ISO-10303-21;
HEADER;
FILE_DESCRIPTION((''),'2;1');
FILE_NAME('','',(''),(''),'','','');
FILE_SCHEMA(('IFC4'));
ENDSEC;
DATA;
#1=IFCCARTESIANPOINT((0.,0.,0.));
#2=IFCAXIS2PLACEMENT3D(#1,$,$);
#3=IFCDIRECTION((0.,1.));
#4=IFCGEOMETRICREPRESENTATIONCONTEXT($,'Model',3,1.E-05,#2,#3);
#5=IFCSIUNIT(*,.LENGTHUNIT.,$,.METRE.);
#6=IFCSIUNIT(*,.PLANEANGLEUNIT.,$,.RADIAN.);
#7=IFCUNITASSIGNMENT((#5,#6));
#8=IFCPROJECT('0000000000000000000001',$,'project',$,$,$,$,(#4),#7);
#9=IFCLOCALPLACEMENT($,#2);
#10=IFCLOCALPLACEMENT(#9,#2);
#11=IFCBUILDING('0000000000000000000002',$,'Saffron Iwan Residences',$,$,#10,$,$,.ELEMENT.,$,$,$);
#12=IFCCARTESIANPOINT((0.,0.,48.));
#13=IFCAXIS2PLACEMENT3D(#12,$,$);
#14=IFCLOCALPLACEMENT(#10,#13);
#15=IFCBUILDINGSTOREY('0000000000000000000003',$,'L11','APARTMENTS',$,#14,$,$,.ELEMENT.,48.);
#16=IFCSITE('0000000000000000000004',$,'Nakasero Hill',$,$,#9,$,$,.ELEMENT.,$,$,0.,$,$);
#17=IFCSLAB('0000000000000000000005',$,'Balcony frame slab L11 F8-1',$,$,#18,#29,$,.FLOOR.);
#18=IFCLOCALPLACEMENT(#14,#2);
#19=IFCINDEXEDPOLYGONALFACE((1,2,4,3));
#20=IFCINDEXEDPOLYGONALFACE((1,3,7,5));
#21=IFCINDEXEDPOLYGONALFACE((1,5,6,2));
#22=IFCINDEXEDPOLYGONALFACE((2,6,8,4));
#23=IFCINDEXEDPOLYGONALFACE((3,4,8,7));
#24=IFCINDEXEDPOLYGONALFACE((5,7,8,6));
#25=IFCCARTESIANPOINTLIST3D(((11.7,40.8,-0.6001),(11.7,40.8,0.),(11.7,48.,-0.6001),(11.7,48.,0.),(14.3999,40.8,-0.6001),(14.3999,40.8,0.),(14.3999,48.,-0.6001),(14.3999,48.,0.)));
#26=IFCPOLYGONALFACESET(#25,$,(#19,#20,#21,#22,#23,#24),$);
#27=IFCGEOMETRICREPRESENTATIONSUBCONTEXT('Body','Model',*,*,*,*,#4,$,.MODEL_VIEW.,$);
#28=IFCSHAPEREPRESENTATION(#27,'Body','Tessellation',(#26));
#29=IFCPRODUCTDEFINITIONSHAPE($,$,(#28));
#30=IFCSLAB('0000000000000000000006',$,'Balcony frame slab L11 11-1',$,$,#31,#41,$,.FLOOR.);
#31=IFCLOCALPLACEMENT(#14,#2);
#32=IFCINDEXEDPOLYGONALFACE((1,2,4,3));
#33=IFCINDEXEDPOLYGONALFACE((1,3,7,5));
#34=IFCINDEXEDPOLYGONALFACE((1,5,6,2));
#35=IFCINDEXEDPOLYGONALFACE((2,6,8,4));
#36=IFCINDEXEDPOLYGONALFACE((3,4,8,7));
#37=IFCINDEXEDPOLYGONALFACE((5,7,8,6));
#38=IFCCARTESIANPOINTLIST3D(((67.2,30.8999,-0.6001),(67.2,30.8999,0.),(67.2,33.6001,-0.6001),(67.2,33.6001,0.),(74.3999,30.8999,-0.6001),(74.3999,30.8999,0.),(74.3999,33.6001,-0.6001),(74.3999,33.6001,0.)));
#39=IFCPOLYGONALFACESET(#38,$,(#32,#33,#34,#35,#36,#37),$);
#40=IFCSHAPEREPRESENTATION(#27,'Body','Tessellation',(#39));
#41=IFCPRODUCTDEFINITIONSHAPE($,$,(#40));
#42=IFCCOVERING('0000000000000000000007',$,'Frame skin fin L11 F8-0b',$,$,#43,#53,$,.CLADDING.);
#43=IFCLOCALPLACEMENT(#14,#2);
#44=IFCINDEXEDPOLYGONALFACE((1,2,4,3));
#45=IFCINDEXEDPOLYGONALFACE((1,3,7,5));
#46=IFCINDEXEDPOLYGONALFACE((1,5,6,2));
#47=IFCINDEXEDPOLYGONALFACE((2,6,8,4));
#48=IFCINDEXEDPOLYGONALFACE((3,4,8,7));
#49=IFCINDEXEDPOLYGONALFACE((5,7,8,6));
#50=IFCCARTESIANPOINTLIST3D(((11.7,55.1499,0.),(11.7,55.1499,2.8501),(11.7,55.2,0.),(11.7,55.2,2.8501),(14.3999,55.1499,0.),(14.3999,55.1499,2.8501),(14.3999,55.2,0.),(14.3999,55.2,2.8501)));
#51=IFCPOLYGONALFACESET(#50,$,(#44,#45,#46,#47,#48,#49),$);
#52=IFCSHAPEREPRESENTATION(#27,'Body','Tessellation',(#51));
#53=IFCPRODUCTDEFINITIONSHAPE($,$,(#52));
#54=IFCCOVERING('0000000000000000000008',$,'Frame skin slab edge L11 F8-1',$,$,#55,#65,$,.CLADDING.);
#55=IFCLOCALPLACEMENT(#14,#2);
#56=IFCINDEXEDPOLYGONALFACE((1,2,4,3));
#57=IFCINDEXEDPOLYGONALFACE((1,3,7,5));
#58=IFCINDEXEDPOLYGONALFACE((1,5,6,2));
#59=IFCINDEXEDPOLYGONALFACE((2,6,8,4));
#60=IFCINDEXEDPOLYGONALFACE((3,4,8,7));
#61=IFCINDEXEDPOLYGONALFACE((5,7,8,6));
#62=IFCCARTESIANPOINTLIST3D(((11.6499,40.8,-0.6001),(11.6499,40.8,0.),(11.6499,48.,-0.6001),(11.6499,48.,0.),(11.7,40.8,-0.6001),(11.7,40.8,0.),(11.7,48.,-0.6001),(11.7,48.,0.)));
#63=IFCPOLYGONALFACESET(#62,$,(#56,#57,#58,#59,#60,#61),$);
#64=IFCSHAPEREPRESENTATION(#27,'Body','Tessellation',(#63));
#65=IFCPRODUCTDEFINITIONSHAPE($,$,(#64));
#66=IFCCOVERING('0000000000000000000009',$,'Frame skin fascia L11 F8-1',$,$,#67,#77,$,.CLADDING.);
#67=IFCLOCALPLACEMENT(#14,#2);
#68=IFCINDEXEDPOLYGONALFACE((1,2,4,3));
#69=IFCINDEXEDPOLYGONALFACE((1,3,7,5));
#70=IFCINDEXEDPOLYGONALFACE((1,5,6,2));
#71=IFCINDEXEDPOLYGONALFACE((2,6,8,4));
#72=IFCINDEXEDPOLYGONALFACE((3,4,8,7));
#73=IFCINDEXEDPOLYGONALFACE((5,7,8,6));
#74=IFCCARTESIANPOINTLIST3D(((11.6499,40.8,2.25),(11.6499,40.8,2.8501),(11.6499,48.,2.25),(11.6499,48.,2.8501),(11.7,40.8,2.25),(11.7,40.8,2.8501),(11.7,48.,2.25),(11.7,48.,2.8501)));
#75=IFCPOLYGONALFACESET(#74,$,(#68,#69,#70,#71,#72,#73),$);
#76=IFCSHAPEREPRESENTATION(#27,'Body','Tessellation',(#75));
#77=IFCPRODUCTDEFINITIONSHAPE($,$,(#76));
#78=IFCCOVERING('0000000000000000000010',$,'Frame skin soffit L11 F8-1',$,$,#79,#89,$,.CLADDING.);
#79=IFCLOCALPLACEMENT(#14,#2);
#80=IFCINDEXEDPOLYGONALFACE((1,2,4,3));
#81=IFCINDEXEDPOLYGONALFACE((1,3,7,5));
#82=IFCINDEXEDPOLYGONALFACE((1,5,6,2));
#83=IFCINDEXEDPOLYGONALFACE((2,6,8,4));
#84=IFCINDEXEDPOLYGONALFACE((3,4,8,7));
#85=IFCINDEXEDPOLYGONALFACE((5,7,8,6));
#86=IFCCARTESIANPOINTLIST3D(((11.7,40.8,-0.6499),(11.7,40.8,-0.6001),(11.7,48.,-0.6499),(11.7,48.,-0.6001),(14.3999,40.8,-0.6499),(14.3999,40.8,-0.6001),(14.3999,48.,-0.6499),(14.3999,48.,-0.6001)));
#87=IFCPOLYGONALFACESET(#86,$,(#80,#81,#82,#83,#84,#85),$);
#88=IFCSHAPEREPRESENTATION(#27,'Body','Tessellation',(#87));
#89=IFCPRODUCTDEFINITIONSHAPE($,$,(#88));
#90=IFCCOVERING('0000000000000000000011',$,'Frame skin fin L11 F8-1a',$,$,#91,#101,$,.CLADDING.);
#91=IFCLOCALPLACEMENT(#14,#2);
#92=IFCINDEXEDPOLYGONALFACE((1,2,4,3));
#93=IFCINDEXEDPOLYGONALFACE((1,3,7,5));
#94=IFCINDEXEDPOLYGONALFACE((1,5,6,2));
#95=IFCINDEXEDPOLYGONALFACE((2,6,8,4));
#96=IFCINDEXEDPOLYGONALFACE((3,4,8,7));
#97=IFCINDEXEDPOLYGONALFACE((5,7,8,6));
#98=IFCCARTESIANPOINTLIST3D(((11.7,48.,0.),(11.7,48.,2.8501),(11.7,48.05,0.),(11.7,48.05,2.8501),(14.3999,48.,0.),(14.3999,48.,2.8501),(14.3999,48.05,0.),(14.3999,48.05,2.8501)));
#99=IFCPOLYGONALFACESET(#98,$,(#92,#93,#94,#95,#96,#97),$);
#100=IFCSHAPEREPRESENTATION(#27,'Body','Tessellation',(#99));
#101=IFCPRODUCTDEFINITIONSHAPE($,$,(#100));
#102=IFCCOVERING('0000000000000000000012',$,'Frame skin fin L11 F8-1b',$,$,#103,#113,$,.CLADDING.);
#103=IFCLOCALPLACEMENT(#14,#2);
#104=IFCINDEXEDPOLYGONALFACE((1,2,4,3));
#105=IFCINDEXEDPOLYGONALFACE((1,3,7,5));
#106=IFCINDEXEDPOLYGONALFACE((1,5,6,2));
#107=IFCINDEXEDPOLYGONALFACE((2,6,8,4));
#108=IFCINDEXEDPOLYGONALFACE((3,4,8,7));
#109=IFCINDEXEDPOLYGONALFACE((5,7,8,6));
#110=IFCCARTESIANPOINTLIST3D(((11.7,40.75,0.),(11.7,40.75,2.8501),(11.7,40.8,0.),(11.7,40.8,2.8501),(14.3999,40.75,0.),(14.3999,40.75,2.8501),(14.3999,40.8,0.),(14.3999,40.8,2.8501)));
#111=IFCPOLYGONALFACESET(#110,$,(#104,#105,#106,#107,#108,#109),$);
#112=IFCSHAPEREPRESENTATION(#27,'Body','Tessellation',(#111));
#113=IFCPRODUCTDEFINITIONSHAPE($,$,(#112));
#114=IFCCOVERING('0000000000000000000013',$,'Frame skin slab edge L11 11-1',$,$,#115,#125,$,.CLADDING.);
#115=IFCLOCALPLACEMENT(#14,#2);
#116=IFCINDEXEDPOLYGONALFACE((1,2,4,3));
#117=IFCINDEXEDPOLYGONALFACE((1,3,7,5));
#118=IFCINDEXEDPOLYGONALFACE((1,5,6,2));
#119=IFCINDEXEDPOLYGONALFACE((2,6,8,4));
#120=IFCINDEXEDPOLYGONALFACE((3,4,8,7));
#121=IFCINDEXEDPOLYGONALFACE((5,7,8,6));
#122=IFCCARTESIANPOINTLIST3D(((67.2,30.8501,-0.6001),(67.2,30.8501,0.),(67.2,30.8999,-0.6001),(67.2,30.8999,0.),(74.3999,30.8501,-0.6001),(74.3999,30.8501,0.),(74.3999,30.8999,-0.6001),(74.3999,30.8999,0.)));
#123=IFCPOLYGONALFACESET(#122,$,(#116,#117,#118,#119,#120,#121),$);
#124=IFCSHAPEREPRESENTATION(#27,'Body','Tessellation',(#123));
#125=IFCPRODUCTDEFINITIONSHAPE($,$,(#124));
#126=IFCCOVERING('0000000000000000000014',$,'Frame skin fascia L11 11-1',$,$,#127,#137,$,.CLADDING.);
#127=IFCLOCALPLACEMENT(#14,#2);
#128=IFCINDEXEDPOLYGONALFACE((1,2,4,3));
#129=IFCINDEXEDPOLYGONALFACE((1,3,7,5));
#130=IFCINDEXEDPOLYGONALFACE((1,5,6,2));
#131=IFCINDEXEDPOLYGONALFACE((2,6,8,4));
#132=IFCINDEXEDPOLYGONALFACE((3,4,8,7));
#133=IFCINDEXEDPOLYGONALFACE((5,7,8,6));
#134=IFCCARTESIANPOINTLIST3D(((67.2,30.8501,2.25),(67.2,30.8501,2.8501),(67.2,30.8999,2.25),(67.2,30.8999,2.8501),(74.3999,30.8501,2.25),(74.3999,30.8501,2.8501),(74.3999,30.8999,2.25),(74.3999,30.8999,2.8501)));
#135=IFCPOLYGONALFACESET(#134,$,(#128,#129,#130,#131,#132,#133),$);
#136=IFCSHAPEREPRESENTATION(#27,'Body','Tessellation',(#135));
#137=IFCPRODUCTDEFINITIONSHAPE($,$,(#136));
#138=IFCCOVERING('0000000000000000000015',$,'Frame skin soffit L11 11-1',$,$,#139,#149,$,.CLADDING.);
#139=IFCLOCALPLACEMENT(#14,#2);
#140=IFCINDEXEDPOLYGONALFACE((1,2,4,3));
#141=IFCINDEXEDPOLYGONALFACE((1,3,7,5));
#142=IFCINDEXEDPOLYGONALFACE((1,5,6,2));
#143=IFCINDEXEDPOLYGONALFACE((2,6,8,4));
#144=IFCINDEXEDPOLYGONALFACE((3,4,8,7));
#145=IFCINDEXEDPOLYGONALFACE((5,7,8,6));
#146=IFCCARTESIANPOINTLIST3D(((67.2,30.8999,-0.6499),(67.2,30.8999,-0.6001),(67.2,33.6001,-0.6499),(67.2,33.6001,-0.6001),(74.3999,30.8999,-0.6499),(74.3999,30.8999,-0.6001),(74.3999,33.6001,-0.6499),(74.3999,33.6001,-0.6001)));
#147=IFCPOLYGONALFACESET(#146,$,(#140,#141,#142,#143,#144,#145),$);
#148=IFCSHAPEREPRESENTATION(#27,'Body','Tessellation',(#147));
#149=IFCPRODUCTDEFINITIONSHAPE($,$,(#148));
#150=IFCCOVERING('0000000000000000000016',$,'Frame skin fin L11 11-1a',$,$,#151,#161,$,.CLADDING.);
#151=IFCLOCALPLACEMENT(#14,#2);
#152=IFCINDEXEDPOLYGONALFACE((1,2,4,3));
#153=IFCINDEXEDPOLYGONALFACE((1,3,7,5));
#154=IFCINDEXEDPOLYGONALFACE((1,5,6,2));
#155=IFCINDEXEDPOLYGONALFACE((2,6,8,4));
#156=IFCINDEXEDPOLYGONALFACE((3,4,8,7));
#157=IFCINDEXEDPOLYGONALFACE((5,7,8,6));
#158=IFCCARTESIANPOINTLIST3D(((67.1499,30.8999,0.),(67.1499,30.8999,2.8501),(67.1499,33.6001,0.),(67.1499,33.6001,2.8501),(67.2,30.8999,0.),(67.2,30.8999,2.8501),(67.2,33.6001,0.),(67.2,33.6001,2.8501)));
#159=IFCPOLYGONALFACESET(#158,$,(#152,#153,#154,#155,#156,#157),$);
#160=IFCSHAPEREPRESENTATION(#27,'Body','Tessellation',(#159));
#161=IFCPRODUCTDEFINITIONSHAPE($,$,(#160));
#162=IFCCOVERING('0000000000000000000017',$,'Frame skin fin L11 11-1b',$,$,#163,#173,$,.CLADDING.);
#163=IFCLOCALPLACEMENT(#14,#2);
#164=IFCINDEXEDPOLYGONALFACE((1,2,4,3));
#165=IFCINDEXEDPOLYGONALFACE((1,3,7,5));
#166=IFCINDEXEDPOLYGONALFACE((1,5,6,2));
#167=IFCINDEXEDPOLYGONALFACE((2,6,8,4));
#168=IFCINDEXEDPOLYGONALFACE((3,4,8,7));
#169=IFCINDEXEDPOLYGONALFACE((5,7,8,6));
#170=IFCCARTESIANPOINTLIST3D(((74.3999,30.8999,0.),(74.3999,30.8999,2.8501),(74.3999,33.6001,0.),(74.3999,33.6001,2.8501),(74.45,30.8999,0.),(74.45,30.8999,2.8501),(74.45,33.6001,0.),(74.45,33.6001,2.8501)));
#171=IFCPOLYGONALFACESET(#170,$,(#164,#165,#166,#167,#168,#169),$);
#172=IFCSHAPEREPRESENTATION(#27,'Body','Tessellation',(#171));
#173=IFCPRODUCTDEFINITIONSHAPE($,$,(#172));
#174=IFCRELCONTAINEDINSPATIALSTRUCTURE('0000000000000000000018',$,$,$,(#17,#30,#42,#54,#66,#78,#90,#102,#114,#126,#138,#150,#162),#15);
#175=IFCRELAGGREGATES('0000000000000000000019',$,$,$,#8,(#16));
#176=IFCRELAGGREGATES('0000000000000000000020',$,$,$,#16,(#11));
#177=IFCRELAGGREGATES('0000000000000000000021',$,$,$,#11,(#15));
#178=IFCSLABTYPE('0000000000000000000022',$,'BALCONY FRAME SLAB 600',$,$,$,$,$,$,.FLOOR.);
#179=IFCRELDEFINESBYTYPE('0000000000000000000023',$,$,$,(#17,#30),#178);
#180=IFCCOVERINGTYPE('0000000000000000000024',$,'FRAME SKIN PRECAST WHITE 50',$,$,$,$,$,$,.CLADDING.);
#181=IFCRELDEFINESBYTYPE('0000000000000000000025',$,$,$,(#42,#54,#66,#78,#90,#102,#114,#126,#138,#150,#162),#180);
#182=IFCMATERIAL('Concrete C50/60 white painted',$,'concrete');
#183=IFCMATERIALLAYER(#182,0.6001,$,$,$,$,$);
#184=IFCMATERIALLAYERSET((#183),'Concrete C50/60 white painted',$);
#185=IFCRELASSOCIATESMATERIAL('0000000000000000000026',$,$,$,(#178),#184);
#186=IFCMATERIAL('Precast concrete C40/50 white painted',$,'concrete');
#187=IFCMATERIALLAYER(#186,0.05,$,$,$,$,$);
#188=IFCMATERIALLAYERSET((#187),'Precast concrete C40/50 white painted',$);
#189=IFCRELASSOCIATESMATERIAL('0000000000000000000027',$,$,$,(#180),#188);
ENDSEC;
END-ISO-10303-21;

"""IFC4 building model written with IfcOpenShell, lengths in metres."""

from ifc_helpers import new_model, si_unit, direction, frame, origin, place, context, subcontext, project, spatial, polyline, outline, extrude, material, layer, layer_set, type_object, element, save


model = new_model("IFC4")

# Units and contexts
model_context = context("Model", 3, precision=1e-05, world=origin(), true_north=direction((0.0, 1.0)))
body_context = subcontext(model_context, "Body", "Model", "MODEL_VIEW")
ifc_project = project(units=[si_unit("LENGTHUNIT", "METRE"), si_unit("PLANEANGLEUNIT", "RADIAN")], contexts=[model_context])

# Site, building, storey
site_placement = place(None, origin())
site = spatial("IfcSite", under=ifc_project, at=site_placement, Name="Nakasero Hill", CompositionType="ELEMENT", RefElevation=0.0)
building_placement = place(site_placement, origin())
building = spatial("IfcBuilding", under=site, at=building_placement, Name="Saffron Iwan Residences", CompositionType="ELEMENT")
storey_placement = place(building_placement, frame((0.0, 0.0, 48.0)))
storey = spatial("IfcBuildingStorey", under=building, at=storey_placement, Name="L11", Description="APARTMENTS", CompositionType="ELEMENT", Elevation=48.0)

# Slabs
ifc_material_1 = material(Name="Concrete C50/60 white painted", Category="concrete")
ifc_layer_1 = layer(ifc_material_1, 0.6001)
ifc_layer_set_1 = layer_set([ifc_layer_1], Name="Concrete C50/60 white painted")
slab_type = type_object("IfcSlabType", Name="BALCONY FRAME SLAB 600", PredefinedType="FLOOR", material=ifc_layer_set_1)
slab_1_placement = place(storey_placement, frame((0.0, 0.0, -0.6001)))
element("IfcSlab", 1, at=slab_1_placement, inside=storey, type_object=slab_type, Name="Balcony frame slab L11 F8-1", PredefinedType="FLOOR", context=body_context, shape_type="SweptSolid", body=[
    extrude(outline(polyline([(11.7, 48.0), (11.7, 40.8), (14.3999, 40.8), (14.3999, 48.0), (11.7, 48.0)])), origin(), (0.0, 0.0, 1.0), 0.6001),
])
slab_2_placement = place(storey_placement, frame((0.0, 0.0, -0.6001)))
element("IfcSlab", 2, at=slab_2_placement, inside=storey, type_object=slab_type, Name="Balcony frame slab L11 11-1", PredefinedType="FLOOR", context=body_context, shape_type="SweptSolid", body=[
    extrude(outline(polyline([(67.2, 30.8999), (74.3999, 30.8999), (74.3999, 33.6001), (67.2, 33.6001), (67.2, 30.8999)])), origin(), (0.0, 0.0, 1.0), 0.6001),
])

# Coverings
ifc_material_2 = material(Name="Precast concrete C40/50 white painted", Category="concrete")
ifc_layer_2 = layer(ifc_material_2, 0.05)
ifc_layer_set_2 = layer_set([ifc_layer_2], Name="Precast concrete C40/50 white painted")
covering_type = type_object("IfcCoveringType", Name="FRAME SKIN PRECAST WHITE 50", PredefinedType="CLADDING", material=ifc_layer_set_2)
covering_1_placement = place(storey_placement, origin())
element("IfcCovering", 3, at=covering_1_placement, inside=storey, type_object=covering_type, Name="Frame skin fin L11 F8-0b", PredefinedType="CLADDING", context=body_context, shape_type="SweptSolid", body=[
    extrude(outline(polyline([(11.7, 55.2), (11.7, 55.1499), (14.3999, 55.1499), (14.3999, 55.2), (11.7, 55.2)])), origin(), (0.0, 0.0, 1.0), 2.8501),
])
for number, where, name in (
    (4, (0.0, 0.0, -0.6001), "Frame skin slab edge L11 F8-1"),
    (5, (0.0, 0.0, 2.25), "Frame skin fascia L11 F8-1"),
):
    element("IfcCovering", number, at=place(storey_placement, frame(where)), inside=storey, type_object=covering_type, Name=name, PredefinedType="CLADDING", context=body_context, shape_type="SweptSolid", body=[
        extrude(outline(polyline([(11.6499, 48.0), (11.6499, 40.8), (11.7, 40.8), (11.7, 48.0), (11.6499, 48.0)])), origin(), (0.0, 0.0, 1.0), 0.6001),
    ])
covering_2_placement = place(storey_placement, frame((0.0, 0.0, -0.6499)))
element("IfcCovering", 6, at=covering_2_placement, inside=storey, type_object=covering_type, Name="Frame skin soffit L11 F8-1", PredefinedType="CLADDING", context=body_context, shape_type="SweptSolid", body=[
    extrude(outline(polyline([(11.7, 48.0), (11.7, 40.8), (14.3999, 40.8), (14.3999, 48.0), (11.7, 48.0)])), origin(), (0.0, 0.0, 1.0), 0.0498),
])
covering_3_placement = place(storey_placement, origin())
element("IfcCovering", 7, at=covering_3_placement, inside=storey, type_object=covering_type, Name="Frame skin fin L11 F8-1a", PredefinedType="CLADDING", context=body_context, shape_type="SweptSolid", body=[
    extrude(outline(polyline([(11.7, 48.05), (11.7, 48.0), (14.3999, 48.0), (14.3999, 48.05), (11.7, 48.05)])), origin(), (0.0, 0.0, 1.0), 2.8501),
])
covering_4_placement = place(storey_placement, origin())
element("IfcCovering", 8, at=covering_4_placement, inside=storey, type_object=covering_type, Name="Frame skin fin L11 F8-1b", PredefinedType="CLADDING", context=body_context, shape_type="SweptSolid", body=[
    extrude(outline(polyline([(11.7, 40.8), (11.7, 40.75), (14.3999, 40.75), (14.3999, 40.8), (11.7, 40.8)])), origin(), (0.0, 0.0, 1.0), 2.8501),
])
for number, where, name in (
    (9, (0.0, 0.0, -0.6001), "Frame skin slab edge L11 11-1"),
    (10, (0.0, 0.0, 2.25), "Frame skin fascia L11 11-1"),
):
    element("IfcCovering", number, at=place(storey_placement, frame(where)), inside=storey, type_object=covering_type, Name=name, PredefinedType="CLADDING", context=body_context, shape_type="SweptSolid", body=[
        extrude(outline(polyline([(67.2, 30.8501), (74.3999, 30.8501), (74.3999, 30.8999), (67.2, 30.8999), (67.2, 30.8501)])), origin(), (0.0, 0.0, 1.0), 0.6001),
    ])
covering_5_placement = place(storey_placement, frame((0.0, 0.0, -0.6499)))
element("IfcCovering", 11, at=covering_5_placement, inside=storey, type_object=covering_type, Name="Frame skin soffit L11 11-1", PredefinedType="CLADDING", context=body_context, shape_type="SweptSolid", body=[
    extrude(outline(polyline([(67.2, 30.8999), (74.3999, 30.8999), (74.3999, 33.6001), (67.2, 33.6001), (67.2, 30.8999)])), origin(), (0.0, 0.0, 1.0), 0.0498),
])
covering_6_placement = place(storey_placement, origin())
element("IfcCovering", 12, at=covering_6_placement, inside=storey, type_object=covering_type, Name="Frame skin fin L11 11-1a", PredefinedType="CLADDING", context=body_context, shape_type="SweptSolid", body=[
    extrude(outline(polyline([(67.1499, 30.8999), (67.2, 30.8999), (67.2, 33.6001), (67.1499, 33.6001), (67.1499, 30.8999)])), origin(), (0.0, 0.0, 1.0), 2.8501),
])
covering_7_placement = place(storey_placement, origin())
element("IfcCovering", 13, at=covering_7_placement, inside=storey, type_object=covering_type, Name="Frame skin fin L11 11-1b", PredefinedType="CLADDING", context=body_context, shape_type="SweptSolid", body=[
    extrude(outline(polyline([(74.3999, 30.8999), (74.45, 30.8999), (74.45, 33.6001), (74.3999, 33.6001), (74.3999, 30.8999)])), origin(), (0.0, 0.0, 1.0), 2.8501),
])

save(model, "model.ifc")
